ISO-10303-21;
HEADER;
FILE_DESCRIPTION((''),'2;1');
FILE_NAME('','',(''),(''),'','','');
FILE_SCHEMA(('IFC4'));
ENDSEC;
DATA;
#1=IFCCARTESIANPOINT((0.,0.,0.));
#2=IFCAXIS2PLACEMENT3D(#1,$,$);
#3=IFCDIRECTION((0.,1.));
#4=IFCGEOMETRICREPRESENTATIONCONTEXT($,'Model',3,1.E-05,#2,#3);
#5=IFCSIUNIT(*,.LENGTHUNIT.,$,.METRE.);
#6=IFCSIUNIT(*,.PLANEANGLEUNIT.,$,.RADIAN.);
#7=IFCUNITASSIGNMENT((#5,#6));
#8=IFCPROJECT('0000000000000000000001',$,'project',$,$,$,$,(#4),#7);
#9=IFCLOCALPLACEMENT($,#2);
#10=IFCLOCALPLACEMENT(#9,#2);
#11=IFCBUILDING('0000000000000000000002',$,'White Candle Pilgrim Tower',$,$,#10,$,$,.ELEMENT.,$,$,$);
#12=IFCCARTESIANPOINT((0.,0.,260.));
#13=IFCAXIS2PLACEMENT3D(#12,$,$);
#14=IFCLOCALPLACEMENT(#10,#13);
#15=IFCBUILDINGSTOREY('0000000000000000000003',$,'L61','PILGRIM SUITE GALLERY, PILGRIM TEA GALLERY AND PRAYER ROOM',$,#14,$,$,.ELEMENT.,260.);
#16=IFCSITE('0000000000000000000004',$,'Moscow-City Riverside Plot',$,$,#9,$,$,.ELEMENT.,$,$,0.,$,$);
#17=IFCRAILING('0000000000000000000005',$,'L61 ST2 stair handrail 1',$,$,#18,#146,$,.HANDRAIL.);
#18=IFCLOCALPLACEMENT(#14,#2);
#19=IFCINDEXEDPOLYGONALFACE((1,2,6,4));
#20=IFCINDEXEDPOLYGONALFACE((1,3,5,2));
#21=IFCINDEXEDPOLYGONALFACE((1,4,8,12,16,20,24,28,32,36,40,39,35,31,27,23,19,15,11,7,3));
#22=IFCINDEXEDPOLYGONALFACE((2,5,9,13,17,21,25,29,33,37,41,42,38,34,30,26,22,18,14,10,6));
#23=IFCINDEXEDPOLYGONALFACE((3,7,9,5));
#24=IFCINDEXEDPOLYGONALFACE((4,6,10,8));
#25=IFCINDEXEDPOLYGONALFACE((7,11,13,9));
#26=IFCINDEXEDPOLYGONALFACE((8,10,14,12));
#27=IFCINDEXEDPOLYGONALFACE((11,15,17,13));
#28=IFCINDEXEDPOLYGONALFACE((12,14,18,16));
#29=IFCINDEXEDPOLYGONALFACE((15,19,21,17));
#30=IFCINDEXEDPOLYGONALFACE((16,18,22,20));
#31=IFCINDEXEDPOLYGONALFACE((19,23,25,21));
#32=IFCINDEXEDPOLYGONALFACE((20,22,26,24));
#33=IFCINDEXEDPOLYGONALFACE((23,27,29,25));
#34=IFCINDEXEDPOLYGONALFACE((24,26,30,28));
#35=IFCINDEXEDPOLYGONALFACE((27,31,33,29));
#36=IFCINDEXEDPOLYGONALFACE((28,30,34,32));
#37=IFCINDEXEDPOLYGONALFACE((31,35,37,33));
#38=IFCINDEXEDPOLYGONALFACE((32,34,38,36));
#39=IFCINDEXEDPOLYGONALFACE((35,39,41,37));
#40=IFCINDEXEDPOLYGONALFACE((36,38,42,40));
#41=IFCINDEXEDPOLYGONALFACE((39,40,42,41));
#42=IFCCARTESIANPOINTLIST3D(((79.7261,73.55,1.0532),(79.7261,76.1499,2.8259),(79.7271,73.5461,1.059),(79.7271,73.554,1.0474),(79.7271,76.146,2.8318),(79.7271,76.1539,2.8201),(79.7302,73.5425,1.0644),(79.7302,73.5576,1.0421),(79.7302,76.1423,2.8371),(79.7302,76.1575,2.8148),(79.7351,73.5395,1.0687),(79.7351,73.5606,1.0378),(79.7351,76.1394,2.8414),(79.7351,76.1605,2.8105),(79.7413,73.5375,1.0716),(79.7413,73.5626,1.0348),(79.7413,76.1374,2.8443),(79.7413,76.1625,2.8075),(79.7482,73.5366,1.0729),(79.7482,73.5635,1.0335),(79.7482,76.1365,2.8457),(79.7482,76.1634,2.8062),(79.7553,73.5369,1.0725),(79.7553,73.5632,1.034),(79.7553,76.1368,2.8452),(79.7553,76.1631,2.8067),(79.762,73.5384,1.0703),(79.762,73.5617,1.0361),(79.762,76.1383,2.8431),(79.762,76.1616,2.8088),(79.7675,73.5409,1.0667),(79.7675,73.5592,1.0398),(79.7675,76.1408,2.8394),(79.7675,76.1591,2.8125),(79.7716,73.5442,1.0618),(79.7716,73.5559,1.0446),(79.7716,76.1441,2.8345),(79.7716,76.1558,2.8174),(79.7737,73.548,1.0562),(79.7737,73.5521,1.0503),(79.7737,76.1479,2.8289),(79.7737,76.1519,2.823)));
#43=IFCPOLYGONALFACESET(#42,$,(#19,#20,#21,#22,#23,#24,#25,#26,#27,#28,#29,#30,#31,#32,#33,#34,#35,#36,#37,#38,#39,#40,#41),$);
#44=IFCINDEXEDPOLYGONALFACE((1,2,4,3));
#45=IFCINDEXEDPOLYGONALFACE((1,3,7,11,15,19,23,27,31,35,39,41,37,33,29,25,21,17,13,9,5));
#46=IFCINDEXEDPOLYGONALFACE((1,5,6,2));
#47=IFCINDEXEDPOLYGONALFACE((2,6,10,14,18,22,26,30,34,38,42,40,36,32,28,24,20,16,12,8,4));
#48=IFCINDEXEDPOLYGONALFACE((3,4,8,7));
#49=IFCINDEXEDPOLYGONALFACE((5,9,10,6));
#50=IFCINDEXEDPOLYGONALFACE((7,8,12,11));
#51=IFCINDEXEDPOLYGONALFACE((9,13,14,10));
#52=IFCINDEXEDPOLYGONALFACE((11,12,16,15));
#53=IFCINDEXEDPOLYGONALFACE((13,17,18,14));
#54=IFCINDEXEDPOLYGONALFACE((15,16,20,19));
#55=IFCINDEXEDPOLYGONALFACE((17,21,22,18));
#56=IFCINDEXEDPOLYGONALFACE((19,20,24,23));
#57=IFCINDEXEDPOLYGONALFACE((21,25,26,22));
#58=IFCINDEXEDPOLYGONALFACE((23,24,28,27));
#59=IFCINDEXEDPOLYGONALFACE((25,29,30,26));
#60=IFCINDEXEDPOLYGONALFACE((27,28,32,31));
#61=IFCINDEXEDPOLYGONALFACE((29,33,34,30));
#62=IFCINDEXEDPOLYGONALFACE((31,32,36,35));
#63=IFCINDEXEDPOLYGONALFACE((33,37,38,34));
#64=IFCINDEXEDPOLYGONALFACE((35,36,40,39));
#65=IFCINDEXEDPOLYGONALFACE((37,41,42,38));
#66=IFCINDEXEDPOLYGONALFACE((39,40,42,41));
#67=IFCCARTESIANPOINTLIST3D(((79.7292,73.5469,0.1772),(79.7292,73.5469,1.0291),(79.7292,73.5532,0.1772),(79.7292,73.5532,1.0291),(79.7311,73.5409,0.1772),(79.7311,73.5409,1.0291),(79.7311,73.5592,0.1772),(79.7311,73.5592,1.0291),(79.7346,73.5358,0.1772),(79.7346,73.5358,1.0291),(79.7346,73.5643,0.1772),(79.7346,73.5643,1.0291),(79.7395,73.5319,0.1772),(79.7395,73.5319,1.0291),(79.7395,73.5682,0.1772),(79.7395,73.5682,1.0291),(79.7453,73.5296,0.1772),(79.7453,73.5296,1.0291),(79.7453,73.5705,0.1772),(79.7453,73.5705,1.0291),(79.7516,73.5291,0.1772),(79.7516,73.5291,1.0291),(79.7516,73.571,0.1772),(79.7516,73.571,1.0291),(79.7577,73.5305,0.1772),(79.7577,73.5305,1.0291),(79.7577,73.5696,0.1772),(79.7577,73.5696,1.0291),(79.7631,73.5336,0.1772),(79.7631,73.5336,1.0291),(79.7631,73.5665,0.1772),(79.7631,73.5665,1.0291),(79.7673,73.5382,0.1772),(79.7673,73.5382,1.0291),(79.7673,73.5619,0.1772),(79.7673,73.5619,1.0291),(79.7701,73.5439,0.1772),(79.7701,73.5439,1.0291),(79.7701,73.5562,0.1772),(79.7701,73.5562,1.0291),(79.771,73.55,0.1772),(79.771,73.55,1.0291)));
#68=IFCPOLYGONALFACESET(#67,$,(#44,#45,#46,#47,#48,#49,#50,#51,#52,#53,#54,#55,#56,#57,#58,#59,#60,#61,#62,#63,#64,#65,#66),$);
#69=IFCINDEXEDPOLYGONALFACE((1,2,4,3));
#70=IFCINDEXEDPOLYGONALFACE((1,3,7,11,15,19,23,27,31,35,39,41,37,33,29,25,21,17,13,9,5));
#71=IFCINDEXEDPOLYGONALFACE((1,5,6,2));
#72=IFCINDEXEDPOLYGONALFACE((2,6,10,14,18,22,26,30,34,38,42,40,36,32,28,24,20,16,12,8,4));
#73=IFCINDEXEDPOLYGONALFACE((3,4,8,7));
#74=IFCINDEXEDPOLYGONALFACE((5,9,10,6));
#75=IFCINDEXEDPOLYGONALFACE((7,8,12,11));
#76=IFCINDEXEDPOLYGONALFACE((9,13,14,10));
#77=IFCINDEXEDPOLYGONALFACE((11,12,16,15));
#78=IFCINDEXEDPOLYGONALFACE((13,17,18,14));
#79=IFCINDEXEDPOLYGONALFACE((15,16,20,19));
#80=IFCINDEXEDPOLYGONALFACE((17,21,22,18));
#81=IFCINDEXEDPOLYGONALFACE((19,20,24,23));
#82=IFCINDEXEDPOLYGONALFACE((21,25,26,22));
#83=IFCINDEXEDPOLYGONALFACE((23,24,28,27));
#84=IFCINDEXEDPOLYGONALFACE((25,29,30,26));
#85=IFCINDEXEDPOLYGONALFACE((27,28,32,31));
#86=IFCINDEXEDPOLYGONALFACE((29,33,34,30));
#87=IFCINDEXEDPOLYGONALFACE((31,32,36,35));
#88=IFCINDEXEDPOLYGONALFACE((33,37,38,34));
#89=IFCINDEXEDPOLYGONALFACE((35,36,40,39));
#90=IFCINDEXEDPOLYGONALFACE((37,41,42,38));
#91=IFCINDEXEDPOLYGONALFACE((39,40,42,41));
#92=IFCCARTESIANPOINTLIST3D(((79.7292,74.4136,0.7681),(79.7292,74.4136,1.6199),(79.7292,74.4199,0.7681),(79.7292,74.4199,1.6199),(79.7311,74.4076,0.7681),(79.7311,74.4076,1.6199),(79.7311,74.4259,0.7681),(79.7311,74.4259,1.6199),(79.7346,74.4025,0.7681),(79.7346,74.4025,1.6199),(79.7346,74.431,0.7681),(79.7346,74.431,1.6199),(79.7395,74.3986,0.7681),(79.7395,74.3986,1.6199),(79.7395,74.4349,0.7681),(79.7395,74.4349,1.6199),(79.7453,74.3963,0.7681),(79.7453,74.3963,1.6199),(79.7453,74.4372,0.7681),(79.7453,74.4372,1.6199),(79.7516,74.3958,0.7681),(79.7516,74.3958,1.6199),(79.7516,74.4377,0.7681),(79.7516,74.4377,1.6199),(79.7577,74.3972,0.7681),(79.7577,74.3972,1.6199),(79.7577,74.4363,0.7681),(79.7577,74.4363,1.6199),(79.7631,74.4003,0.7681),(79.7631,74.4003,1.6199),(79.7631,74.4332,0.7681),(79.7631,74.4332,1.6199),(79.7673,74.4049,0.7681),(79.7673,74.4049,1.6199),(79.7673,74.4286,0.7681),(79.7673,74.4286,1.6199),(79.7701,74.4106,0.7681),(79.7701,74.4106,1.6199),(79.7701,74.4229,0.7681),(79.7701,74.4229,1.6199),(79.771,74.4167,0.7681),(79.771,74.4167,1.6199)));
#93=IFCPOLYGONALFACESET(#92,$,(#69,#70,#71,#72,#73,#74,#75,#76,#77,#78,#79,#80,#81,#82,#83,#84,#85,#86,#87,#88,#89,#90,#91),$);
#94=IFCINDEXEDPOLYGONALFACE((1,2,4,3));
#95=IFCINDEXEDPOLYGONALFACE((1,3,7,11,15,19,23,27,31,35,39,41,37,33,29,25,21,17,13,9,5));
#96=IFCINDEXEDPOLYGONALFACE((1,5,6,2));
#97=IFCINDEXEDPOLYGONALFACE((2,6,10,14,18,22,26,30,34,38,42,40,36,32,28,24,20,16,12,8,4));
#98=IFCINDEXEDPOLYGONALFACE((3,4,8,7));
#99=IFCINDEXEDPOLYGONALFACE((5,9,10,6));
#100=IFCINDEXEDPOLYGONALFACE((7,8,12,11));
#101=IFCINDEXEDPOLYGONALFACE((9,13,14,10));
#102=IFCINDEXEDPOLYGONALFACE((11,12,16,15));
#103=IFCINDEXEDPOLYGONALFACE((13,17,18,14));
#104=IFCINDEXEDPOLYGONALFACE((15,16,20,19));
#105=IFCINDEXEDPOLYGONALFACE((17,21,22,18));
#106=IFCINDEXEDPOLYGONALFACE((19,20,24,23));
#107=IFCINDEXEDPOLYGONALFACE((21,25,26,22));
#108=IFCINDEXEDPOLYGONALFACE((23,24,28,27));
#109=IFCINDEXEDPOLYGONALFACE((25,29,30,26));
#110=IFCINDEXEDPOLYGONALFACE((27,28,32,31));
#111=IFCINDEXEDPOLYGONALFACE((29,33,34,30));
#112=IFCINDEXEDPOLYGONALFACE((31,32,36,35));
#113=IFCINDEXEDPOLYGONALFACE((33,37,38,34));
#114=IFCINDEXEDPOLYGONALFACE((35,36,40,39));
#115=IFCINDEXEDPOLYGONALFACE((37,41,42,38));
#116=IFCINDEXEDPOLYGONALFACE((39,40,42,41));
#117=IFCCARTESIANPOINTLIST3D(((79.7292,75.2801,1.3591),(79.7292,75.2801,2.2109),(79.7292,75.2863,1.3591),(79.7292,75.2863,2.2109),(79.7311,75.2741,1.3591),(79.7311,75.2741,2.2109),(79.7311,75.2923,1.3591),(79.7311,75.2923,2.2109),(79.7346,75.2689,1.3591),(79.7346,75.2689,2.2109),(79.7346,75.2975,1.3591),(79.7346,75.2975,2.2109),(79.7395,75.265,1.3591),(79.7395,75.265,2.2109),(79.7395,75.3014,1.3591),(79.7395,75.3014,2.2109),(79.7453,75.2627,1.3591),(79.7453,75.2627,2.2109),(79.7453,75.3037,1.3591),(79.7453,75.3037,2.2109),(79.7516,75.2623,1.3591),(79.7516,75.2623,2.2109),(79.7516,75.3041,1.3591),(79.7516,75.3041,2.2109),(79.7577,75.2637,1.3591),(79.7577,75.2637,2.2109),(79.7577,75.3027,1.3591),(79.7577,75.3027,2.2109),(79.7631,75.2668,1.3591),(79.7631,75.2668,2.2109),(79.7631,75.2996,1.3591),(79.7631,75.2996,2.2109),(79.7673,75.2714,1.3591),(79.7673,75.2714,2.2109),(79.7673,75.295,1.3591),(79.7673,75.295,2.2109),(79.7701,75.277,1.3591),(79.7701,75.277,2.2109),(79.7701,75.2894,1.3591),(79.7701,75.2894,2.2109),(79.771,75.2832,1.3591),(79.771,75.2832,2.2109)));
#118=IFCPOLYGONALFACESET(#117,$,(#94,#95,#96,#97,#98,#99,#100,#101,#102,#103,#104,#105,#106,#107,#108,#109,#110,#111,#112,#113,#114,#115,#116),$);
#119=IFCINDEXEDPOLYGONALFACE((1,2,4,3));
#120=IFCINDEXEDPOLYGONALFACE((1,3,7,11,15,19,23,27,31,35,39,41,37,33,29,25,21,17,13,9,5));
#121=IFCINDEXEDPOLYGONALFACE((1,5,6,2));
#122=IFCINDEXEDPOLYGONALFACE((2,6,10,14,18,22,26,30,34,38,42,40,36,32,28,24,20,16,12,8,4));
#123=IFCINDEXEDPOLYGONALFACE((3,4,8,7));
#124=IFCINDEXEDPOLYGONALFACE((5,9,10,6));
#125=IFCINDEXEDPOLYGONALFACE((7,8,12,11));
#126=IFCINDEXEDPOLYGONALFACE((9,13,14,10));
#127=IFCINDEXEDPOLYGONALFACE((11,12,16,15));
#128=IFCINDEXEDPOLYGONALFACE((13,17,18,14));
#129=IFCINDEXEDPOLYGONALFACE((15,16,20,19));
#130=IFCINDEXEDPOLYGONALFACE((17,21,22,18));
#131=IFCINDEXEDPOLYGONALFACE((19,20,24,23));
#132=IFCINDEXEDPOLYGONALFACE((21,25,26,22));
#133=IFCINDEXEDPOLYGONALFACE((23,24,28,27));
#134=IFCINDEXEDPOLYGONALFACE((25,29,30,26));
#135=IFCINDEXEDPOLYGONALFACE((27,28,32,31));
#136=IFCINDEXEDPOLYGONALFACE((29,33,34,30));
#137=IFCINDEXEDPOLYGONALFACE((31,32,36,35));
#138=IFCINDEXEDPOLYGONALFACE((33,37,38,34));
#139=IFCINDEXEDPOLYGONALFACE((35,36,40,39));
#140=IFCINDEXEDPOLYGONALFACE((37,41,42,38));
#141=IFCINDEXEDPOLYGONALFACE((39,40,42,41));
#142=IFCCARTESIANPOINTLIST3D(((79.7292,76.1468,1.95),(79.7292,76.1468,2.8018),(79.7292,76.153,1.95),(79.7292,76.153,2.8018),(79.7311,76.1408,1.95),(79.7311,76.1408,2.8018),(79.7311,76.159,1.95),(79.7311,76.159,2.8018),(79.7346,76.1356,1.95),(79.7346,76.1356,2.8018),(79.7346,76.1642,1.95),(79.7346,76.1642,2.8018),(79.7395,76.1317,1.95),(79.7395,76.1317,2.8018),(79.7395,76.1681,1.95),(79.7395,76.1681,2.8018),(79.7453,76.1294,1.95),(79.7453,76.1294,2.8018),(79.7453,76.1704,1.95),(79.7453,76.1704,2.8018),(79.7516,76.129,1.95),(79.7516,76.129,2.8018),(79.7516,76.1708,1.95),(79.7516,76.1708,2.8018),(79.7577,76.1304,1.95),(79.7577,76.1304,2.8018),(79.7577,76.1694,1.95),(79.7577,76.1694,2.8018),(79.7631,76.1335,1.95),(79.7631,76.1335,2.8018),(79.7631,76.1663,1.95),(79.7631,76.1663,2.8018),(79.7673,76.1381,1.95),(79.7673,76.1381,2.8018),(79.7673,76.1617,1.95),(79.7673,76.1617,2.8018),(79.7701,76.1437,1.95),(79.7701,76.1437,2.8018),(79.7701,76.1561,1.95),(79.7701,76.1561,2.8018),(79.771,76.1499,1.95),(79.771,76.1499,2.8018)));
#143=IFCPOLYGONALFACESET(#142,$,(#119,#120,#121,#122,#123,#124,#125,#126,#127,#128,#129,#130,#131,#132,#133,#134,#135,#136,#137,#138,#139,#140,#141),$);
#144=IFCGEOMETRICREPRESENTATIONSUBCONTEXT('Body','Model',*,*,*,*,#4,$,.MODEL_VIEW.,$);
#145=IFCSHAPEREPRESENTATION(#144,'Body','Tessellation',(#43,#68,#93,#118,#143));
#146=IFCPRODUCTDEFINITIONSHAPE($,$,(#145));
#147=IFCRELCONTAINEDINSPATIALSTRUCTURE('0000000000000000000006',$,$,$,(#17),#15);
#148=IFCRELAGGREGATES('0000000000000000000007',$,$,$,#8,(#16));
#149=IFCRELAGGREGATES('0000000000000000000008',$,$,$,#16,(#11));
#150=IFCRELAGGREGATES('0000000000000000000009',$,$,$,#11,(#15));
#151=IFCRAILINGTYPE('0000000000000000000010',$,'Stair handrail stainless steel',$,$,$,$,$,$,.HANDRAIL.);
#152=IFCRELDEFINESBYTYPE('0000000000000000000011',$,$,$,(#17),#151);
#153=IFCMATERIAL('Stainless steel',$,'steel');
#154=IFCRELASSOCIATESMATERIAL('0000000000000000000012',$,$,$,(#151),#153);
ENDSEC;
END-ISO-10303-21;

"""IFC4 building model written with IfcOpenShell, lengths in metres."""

from ifc_helpers import new_model, si_unit, direction, frame, origin, origin_2d, place, context, subcontext, project, spatial, circle, extrude, material, type_object, element, save


model = new_model("IFC4")

# Units and contexts
model_context = context("Model", 3, precision=1e-05, world=origin(), true_north=direction((0.0, 1.0)))
body_context = subcontext(model_context, "Body", "Model", "MODEL_VIEW")
ifc_project = project(units=[si_unit("LENGTHUNIT", "METRE"), si_unit("PLANEANGLEUNIT", "RADIAN")], contexts=[model_context])

# Site, building, storey
site_placement = place(None, origin())
site = spatial("IfcSite", under=ifc_project, at=site_placement, Name="Moscow-City Riverside Plot", CompositionType="ELEMENT", RefElevation=0.0)
building_placement = place(site_placement, origin())
building = spatial("IfcBuilding", under=site, at=building_placement, Name="White Candle Pilgrim Tower", CompositionType="ELEMENT")
storey_placement = place(building_placement, frame((0.0, 0.0, 260.0)))
storey = spatial("IfcBuildingStorey", under=building, at=storey_placement, Name="L61", Description="PILGRIM SUITE GALLERY, PILGRIM TEA GALLERY AND PRAYER ROOM", CompositionType="ELEMENT", Elevation=260.0)

# Railing
ifc_material_1 = material(Name="Stainless steel", Category="steel")
railing_type_1 = type_object("IfcRailingType", Name="Stair handrail stainless steel", PredefinedType="HANDRAIL", material=ifc_material_1)
railing_1_placement = place(storey_placement, frame((79.75, 73.55, 0.1772)))
element("IfcRailing", 1, at=railing_1_placement, inside=storey, type_object=railing_type_1, Name="L61 ST2 stair handrail 1", PredefinedType="HANDRAIL", context=body_context, shape_type="SweptSolid", body=[
    extrude(circle(Radius=0.0239, at=origin_2d()), frame((0.0, 0.0, 0.876), z_axis=(0.0, 0.826216, 0.563354), x_axis=(-1.0, 0.0, 0.0)), (0.0, 0.0, 1.0), 3.1467),
    extrude(circle(Radius=0.021, at=origin_2d()), origin(), (0.0, 0.0, 1.0), 0.8518),
    extrude(circle(Radius=0.021, at=origin_2d()), frame((0.0, 0.8667, 0.5908)), (0.0, 0.0, 1.0), 0.8518),
    extrude(circle(Radius=0.021, at=origin_2d()), frame((0.0, 1.7332, 1.1819)), (0.0, 0.0, 1.0), 0.8518),
    extrude(circle(Radius=0.021, at=origin_2d()), frame((0.0, 2.5999, 1.7727)), (0.0, 0.0, 1.0), 0.8518),
])

save(model, "model.ifc")
